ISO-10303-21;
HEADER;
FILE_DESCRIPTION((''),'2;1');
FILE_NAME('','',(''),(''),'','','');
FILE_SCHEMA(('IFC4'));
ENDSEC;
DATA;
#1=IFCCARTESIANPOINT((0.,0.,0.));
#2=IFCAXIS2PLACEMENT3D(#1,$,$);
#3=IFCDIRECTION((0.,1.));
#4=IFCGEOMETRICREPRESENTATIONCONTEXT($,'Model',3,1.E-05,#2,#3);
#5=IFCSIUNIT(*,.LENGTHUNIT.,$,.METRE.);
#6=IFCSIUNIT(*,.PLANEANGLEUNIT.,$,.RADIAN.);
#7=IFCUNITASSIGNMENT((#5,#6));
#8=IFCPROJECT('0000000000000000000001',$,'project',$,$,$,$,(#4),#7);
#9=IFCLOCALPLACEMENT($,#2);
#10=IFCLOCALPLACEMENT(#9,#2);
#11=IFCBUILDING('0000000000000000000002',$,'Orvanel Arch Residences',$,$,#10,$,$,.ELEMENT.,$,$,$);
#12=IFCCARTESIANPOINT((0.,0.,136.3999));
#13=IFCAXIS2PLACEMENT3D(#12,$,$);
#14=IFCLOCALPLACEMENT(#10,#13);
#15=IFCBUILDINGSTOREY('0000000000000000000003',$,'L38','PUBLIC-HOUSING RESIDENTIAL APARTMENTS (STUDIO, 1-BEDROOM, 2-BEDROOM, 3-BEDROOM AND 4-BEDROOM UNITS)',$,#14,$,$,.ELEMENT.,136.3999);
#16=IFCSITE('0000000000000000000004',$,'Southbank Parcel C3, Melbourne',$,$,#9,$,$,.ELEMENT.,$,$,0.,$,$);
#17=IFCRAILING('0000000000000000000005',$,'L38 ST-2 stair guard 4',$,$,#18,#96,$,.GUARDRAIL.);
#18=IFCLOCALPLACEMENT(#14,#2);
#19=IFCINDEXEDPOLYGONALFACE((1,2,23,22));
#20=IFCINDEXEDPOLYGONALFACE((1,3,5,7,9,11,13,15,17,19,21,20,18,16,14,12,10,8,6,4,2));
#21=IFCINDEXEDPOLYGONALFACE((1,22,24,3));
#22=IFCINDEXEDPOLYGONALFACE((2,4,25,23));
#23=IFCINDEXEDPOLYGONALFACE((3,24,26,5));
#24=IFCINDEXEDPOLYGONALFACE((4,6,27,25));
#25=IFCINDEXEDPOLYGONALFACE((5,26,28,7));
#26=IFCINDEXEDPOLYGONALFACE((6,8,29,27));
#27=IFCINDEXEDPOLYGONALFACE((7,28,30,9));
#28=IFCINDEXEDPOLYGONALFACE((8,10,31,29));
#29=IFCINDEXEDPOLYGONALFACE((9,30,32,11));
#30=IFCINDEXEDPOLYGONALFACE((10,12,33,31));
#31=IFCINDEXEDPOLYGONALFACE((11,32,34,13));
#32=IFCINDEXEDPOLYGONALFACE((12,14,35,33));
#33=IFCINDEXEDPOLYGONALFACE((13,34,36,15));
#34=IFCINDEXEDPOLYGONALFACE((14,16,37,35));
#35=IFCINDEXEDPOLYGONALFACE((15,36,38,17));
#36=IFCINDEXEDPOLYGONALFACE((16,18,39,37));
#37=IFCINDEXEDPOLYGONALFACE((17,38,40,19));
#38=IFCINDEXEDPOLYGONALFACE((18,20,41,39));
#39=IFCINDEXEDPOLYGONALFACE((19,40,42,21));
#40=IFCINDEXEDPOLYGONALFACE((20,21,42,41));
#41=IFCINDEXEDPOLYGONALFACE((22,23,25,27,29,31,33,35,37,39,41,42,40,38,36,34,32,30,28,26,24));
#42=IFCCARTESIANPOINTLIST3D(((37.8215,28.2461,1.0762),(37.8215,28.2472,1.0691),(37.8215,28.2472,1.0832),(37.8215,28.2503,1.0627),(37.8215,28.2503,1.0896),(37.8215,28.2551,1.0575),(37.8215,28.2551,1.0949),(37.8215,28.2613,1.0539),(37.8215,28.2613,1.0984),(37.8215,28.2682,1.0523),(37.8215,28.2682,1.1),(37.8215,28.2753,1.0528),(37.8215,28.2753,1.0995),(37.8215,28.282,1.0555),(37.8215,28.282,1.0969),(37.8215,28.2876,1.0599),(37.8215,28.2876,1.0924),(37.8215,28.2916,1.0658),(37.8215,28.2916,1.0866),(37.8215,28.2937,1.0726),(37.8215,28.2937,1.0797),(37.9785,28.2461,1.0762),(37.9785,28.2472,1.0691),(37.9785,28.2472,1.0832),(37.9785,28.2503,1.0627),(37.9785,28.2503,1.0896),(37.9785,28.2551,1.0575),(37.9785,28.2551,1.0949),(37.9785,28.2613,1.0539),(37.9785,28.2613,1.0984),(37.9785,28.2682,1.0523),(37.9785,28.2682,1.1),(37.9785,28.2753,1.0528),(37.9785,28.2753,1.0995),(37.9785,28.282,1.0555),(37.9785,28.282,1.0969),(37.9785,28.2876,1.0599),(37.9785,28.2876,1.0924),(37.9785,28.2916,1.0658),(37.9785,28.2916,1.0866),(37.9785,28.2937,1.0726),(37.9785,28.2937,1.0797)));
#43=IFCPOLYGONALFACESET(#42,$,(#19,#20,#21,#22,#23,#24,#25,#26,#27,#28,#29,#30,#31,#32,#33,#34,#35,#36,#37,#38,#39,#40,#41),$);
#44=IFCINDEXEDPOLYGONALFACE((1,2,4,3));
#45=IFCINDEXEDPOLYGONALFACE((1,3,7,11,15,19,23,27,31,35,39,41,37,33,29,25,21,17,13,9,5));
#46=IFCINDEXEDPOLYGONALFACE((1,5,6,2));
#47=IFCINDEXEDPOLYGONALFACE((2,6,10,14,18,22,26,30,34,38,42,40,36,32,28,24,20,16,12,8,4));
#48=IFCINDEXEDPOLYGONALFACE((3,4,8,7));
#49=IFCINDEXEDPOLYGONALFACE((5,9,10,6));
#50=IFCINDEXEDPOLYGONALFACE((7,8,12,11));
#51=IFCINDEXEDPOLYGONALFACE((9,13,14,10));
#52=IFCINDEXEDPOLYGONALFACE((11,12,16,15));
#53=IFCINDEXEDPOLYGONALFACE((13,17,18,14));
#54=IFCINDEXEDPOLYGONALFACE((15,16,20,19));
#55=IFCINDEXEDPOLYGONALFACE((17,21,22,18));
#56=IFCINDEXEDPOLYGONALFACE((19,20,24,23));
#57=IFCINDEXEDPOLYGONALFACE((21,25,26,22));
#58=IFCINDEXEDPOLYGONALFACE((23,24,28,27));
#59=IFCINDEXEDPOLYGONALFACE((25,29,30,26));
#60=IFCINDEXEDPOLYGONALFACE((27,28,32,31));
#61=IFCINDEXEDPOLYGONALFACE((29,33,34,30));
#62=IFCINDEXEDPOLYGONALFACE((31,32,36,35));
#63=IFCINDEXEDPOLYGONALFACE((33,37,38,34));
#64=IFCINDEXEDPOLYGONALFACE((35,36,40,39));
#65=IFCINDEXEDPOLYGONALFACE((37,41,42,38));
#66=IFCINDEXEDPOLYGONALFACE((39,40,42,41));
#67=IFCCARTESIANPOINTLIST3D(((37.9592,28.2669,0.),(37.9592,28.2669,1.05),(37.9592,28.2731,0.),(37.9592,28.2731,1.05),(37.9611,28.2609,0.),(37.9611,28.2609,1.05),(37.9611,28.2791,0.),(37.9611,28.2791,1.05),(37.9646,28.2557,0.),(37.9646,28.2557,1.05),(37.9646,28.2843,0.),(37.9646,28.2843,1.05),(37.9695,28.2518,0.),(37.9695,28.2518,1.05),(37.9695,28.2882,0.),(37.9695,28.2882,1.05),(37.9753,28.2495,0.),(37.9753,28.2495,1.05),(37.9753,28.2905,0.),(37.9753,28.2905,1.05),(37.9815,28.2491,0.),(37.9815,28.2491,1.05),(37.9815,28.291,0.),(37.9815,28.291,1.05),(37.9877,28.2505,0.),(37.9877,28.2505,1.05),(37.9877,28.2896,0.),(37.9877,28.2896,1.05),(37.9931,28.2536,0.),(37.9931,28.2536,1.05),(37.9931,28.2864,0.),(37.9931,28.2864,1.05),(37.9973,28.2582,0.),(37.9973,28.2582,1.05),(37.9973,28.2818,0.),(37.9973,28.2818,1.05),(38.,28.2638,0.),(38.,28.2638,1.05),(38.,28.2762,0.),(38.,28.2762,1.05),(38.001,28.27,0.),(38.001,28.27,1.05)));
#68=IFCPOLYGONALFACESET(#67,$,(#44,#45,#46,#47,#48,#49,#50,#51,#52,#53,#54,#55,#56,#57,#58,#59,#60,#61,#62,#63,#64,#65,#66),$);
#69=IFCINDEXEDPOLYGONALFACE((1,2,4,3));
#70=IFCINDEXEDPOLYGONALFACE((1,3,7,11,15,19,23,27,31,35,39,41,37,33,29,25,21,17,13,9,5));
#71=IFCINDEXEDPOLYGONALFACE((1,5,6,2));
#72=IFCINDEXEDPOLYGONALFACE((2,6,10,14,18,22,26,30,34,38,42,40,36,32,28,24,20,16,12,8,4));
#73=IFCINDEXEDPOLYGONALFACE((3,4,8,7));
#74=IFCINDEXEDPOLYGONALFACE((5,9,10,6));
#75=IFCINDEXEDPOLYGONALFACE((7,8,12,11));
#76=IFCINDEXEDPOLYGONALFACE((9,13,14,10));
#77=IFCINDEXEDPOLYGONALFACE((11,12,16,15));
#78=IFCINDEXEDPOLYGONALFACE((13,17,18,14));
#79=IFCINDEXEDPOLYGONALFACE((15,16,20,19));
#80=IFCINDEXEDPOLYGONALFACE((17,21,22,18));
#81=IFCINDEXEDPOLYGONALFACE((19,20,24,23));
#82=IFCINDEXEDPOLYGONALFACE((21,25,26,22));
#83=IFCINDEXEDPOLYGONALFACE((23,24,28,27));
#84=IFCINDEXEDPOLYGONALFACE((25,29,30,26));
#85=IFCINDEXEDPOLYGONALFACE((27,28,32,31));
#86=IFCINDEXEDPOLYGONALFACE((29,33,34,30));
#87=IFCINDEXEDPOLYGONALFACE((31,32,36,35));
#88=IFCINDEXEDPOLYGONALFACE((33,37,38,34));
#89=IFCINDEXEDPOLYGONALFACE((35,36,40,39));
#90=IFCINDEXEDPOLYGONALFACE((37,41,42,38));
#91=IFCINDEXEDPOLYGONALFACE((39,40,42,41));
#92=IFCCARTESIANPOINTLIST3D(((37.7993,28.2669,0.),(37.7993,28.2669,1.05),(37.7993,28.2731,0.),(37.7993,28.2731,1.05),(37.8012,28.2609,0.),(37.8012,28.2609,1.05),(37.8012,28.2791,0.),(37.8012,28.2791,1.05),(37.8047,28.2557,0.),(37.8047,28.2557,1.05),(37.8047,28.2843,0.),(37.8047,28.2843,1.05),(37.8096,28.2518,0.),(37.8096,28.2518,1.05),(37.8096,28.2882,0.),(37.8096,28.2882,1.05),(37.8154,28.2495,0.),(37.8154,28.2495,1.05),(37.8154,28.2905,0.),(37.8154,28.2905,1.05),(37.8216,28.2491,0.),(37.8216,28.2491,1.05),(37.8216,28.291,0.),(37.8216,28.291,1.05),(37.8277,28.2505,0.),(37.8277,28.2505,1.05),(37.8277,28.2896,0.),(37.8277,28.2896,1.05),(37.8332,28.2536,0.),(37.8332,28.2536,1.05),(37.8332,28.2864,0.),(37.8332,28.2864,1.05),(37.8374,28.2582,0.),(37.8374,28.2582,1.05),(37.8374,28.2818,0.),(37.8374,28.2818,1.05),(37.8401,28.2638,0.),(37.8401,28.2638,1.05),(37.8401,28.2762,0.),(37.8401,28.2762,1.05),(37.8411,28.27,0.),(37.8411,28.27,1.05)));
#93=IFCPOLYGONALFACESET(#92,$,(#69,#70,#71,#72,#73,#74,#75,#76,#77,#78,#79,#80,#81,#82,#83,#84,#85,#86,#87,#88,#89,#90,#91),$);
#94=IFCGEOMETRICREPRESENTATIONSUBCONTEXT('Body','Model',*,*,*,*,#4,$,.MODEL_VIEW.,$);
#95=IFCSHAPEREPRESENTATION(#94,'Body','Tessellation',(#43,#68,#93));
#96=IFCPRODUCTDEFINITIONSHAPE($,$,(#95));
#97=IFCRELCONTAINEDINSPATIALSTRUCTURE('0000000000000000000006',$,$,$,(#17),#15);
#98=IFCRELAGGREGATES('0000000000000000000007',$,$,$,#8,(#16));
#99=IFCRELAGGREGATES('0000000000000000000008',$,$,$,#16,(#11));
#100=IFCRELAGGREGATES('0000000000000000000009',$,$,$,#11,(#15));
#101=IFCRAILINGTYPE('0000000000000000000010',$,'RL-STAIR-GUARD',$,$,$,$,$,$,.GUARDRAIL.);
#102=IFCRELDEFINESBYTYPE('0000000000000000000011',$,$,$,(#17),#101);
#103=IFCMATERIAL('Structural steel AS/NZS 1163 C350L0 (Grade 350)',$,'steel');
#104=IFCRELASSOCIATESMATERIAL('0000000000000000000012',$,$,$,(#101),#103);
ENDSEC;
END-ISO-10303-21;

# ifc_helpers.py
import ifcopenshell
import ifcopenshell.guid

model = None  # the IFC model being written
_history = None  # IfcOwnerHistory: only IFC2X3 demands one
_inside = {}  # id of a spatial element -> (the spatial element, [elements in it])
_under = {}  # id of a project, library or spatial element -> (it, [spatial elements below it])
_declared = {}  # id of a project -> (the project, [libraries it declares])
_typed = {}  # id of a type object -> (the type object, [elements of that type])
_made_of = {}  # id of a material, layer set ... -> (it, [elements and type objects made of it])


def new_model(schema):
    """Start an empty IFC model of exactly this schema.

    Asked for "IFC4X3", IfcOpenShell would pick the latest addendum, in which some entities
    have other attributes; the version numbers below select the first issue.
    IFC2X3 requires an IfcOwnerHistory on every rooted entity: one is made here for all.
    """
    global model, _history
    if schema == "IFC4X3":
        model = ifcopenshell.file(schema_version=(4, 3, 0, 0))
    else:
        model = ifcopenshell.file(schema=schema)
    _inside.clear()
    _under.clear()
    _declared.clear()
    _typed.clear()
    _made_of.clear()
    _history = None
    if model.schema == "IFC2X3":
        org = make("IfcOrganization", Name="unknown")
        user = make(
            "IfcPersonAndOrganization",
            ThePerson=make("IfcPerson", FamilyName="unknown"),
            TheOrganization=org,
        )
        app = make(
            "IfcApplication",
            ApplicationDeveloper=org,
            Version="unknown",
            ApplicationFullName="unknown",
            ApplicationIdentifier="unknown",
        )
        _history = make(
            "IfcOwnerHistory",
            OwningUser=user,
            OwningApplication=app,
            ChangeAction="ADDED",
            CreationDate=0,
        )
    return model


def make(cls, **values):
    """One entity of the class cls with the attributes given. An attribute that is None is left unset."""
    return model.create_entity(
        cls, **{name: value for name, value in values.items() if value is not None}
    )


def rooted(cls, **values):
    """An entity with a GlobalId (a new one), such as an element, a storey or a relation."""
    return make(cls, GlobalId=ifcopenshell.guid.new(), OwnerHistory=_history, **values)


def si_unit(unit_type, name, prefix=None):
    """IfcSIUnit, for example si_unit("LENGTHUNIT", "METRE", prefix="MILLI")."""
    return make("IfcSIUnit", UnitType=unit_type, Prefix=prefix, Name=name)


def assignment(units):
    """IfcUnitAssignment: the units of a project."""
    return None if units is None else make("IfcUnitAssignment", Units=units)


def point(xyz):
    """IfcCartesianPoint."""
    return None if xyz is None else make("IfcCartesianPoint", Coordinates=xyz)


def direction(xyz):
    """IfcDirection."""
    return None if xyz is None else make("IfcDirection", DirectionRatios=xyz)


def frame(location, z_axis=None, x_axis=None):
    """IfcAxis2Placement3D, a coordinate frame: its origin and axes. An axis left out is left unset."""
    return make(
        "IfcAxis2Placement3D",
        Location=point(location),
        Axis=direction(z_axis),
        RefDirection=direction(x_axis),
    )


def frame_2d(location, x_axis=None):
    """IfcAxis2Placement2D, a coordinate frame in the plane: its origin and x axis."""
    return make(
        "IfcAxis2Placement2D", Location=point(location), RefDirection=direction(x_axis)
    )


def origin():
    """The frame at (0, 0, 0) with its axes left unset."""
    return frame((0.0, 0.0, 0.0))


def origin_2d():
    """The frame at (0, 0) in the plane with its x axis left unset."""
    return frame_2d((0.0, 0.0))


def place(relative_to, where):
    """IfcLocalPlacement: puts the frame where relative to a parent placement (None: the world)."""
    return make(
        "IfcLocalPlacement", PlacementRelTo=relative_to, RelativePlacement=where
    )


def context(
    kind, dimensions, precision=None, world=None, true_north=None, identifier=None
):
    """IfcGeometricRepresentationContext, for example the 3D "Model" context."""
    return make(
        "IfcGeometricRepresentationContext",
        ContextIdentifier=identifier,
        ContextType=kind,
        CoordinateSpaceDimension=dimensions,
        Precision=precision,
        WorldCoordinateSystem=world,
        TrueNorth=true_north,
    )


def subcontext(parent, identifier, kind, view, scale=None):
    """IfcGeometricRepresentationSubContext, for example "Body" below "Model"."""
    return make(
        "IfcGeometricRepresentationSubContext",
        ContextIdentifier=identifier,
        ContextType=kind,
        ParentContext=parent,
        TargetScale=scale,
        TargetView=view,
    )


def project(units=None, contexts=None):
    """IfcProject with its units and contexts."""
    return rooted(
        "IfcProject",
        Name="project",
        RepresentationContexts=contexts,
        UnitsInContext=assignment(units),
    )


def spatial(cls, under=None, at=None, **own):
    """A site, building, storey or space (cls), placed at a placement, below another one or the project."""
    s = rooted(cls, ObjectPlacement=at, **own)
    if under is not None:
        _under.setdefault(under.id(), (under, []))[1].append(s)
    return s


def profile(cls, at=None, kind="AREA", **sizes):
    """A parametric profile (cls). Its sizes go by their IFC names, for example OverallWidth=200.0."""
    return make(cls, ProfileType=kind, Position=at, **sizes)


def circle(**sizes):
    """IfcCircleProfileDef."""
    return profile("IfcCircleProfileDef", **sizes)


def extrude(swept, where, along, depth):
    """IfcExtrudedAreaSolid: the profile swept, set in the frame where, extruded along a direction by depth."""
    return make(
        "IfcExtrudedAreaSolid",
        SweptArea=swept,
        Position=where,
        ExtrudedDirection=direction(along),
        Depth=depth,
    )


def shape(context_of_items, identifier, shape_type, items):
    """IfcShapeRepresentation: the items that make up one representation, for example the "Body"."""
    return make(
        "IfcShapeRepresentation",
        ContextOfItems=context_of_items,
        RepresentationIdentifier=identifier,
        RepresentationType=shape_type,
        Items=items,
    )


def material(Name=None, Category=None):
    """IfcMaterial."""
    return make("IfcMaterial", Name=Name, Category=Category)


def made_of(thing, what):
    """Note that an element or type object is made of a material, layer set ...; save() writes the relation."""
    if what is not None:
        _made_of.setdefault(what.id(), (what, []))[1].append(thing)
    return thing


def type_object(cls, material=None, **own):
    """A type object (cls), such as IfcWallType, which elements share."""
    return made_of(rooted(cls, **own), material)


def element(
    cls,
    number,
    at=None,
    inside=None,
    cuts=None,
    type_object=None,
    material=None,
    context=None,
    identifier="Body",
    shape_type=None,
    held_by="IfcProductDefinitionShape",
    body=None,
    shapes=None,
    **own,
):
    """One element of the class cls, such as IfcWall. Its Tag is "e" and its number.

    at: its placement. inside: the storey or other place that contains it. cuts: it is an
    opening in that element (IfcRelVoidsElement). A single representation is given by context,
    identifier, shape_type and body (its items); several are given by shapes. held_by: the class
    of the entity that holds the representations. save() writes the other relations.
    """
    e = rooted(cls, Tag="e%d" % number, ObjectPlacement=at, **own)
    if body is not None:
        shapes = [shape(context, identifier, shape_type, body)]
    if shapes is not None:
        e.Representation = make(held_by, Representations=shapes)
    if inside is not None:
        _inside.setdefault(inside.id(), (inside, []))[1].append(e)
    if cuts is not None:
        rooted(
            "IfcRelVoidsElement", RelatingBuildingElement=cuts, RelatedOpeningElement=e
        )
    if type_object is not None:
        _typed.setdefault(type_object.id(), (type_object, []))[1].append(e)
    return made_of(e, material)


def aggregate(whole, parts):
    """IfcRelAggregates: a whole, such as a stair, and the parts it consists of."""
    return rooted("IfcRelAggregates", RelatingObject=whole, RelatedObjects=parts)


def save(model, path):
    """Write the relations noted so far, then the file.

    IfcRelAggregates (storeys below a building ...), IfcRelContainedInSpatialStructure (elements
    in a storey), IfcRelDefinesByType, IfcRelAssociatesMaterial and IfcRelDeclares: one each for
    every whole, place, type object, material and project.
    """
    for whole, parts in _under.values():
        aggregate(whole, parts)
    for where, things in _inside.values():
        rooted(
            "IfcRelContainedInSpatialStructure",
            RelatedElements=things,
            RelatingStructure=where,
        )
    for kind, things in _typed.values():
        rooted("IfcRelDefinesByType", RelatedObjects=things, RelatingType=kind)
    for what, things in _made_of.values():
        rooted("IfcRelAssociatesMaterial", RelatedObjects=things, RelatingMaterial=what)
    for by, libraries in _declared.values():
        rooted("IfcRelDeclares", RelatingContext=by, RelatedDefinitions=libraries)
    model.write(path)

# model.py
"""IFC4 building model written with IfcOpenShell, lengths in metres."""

from ifc_helpers import new_model, si_unit, direction, frame, origin, origin_2d, place, context, subcontext, project, spatial, circle, extrude, material, type_object, element, save


model = new_model("IFC4")

# Units and contexts
model_context = context("Model", 3, precision=1e-05, world=origin(), true_north=direction((0.0, 1.0)))
body_context = subcontext(model_context, "Body", "Model", "MODEL_VIEW")
ifc_project = project(units=[si_unit("LENGTHUNIT", "METRE"), si_unit("PLANEANGLEUNIT", "RADIAN")], contexts=[model_context])

# Site, building, storey
site_placement = place(None, origin())
site = spatial("IfcSite", under=ifc_project, at=site_placement, Name="Southbank Parcel C3, Melbourne", CompositionType="ELEMENT", RefElevation=0.0)
building_placement = place(site_placement, origin())
building = spatial("IfcBuilding", under=site, at=building_placement, Name="Orvanel Arch Residences", CompositionType="ELEMENT")
storey_placement = place(building_placement, frame((0.0, 0.0, 136.3999)))
storey = spatial("IfcBuildingStorey", under=building, at=storey_placement, Name="L38", Description="PUBLIC-HOUSING RESIDENTIAL APARTMENTS (STUDIO, 1-BEDROOM, 2-BEDROOM, 3-BEDROOM AND 4-BEDROOM UNITS)", CompositionType="ELEMENT", Elevation=136.3999)

# Railing
ifc_material_1 = material(Name="Structural steel AS/NZS 1163 C350L0 (Grade 350)", Category="steel")
railing_type_1 = type_object("IfcRailingType", Name="RL-STAIR-GUARD", PredefinedType="GUARDRAIL", material=ifc_material_1)
railing_1_placement = place(storey_placement, frame((37.98, 28.27, 0.0)))
element("IfcRailing", 1, at=railing_1_placement, inside=storey, type_object=railing_type_1, Name="L38 ST-2 stair guard 4", PredefinedType="GUARDRAIL", context=body_context, shape_type="SweptSolid", body=[
    extrude(circle(Radius=0.0239, at=origin_2d()), frame((-0.0015, 0.0, 1.0762), z_axis=(-1.0, 0.0, 0.0), x_axis=(0.0, -1.0, 0.0)), (0.0, 0.0, 1.0), 0.157),
    extrude(circle(Radius=0.021, at=origin_2d()), origin(), (0.0, 0.0, 1.0), 1.05),
    extrude(circle(Radius=0.021, at=origin_2d()), frame((-0.1599, 0.0, 0.0)), (0.0, 0.0, 1.0), 1.05),
])

save(model, "model.ifc")
